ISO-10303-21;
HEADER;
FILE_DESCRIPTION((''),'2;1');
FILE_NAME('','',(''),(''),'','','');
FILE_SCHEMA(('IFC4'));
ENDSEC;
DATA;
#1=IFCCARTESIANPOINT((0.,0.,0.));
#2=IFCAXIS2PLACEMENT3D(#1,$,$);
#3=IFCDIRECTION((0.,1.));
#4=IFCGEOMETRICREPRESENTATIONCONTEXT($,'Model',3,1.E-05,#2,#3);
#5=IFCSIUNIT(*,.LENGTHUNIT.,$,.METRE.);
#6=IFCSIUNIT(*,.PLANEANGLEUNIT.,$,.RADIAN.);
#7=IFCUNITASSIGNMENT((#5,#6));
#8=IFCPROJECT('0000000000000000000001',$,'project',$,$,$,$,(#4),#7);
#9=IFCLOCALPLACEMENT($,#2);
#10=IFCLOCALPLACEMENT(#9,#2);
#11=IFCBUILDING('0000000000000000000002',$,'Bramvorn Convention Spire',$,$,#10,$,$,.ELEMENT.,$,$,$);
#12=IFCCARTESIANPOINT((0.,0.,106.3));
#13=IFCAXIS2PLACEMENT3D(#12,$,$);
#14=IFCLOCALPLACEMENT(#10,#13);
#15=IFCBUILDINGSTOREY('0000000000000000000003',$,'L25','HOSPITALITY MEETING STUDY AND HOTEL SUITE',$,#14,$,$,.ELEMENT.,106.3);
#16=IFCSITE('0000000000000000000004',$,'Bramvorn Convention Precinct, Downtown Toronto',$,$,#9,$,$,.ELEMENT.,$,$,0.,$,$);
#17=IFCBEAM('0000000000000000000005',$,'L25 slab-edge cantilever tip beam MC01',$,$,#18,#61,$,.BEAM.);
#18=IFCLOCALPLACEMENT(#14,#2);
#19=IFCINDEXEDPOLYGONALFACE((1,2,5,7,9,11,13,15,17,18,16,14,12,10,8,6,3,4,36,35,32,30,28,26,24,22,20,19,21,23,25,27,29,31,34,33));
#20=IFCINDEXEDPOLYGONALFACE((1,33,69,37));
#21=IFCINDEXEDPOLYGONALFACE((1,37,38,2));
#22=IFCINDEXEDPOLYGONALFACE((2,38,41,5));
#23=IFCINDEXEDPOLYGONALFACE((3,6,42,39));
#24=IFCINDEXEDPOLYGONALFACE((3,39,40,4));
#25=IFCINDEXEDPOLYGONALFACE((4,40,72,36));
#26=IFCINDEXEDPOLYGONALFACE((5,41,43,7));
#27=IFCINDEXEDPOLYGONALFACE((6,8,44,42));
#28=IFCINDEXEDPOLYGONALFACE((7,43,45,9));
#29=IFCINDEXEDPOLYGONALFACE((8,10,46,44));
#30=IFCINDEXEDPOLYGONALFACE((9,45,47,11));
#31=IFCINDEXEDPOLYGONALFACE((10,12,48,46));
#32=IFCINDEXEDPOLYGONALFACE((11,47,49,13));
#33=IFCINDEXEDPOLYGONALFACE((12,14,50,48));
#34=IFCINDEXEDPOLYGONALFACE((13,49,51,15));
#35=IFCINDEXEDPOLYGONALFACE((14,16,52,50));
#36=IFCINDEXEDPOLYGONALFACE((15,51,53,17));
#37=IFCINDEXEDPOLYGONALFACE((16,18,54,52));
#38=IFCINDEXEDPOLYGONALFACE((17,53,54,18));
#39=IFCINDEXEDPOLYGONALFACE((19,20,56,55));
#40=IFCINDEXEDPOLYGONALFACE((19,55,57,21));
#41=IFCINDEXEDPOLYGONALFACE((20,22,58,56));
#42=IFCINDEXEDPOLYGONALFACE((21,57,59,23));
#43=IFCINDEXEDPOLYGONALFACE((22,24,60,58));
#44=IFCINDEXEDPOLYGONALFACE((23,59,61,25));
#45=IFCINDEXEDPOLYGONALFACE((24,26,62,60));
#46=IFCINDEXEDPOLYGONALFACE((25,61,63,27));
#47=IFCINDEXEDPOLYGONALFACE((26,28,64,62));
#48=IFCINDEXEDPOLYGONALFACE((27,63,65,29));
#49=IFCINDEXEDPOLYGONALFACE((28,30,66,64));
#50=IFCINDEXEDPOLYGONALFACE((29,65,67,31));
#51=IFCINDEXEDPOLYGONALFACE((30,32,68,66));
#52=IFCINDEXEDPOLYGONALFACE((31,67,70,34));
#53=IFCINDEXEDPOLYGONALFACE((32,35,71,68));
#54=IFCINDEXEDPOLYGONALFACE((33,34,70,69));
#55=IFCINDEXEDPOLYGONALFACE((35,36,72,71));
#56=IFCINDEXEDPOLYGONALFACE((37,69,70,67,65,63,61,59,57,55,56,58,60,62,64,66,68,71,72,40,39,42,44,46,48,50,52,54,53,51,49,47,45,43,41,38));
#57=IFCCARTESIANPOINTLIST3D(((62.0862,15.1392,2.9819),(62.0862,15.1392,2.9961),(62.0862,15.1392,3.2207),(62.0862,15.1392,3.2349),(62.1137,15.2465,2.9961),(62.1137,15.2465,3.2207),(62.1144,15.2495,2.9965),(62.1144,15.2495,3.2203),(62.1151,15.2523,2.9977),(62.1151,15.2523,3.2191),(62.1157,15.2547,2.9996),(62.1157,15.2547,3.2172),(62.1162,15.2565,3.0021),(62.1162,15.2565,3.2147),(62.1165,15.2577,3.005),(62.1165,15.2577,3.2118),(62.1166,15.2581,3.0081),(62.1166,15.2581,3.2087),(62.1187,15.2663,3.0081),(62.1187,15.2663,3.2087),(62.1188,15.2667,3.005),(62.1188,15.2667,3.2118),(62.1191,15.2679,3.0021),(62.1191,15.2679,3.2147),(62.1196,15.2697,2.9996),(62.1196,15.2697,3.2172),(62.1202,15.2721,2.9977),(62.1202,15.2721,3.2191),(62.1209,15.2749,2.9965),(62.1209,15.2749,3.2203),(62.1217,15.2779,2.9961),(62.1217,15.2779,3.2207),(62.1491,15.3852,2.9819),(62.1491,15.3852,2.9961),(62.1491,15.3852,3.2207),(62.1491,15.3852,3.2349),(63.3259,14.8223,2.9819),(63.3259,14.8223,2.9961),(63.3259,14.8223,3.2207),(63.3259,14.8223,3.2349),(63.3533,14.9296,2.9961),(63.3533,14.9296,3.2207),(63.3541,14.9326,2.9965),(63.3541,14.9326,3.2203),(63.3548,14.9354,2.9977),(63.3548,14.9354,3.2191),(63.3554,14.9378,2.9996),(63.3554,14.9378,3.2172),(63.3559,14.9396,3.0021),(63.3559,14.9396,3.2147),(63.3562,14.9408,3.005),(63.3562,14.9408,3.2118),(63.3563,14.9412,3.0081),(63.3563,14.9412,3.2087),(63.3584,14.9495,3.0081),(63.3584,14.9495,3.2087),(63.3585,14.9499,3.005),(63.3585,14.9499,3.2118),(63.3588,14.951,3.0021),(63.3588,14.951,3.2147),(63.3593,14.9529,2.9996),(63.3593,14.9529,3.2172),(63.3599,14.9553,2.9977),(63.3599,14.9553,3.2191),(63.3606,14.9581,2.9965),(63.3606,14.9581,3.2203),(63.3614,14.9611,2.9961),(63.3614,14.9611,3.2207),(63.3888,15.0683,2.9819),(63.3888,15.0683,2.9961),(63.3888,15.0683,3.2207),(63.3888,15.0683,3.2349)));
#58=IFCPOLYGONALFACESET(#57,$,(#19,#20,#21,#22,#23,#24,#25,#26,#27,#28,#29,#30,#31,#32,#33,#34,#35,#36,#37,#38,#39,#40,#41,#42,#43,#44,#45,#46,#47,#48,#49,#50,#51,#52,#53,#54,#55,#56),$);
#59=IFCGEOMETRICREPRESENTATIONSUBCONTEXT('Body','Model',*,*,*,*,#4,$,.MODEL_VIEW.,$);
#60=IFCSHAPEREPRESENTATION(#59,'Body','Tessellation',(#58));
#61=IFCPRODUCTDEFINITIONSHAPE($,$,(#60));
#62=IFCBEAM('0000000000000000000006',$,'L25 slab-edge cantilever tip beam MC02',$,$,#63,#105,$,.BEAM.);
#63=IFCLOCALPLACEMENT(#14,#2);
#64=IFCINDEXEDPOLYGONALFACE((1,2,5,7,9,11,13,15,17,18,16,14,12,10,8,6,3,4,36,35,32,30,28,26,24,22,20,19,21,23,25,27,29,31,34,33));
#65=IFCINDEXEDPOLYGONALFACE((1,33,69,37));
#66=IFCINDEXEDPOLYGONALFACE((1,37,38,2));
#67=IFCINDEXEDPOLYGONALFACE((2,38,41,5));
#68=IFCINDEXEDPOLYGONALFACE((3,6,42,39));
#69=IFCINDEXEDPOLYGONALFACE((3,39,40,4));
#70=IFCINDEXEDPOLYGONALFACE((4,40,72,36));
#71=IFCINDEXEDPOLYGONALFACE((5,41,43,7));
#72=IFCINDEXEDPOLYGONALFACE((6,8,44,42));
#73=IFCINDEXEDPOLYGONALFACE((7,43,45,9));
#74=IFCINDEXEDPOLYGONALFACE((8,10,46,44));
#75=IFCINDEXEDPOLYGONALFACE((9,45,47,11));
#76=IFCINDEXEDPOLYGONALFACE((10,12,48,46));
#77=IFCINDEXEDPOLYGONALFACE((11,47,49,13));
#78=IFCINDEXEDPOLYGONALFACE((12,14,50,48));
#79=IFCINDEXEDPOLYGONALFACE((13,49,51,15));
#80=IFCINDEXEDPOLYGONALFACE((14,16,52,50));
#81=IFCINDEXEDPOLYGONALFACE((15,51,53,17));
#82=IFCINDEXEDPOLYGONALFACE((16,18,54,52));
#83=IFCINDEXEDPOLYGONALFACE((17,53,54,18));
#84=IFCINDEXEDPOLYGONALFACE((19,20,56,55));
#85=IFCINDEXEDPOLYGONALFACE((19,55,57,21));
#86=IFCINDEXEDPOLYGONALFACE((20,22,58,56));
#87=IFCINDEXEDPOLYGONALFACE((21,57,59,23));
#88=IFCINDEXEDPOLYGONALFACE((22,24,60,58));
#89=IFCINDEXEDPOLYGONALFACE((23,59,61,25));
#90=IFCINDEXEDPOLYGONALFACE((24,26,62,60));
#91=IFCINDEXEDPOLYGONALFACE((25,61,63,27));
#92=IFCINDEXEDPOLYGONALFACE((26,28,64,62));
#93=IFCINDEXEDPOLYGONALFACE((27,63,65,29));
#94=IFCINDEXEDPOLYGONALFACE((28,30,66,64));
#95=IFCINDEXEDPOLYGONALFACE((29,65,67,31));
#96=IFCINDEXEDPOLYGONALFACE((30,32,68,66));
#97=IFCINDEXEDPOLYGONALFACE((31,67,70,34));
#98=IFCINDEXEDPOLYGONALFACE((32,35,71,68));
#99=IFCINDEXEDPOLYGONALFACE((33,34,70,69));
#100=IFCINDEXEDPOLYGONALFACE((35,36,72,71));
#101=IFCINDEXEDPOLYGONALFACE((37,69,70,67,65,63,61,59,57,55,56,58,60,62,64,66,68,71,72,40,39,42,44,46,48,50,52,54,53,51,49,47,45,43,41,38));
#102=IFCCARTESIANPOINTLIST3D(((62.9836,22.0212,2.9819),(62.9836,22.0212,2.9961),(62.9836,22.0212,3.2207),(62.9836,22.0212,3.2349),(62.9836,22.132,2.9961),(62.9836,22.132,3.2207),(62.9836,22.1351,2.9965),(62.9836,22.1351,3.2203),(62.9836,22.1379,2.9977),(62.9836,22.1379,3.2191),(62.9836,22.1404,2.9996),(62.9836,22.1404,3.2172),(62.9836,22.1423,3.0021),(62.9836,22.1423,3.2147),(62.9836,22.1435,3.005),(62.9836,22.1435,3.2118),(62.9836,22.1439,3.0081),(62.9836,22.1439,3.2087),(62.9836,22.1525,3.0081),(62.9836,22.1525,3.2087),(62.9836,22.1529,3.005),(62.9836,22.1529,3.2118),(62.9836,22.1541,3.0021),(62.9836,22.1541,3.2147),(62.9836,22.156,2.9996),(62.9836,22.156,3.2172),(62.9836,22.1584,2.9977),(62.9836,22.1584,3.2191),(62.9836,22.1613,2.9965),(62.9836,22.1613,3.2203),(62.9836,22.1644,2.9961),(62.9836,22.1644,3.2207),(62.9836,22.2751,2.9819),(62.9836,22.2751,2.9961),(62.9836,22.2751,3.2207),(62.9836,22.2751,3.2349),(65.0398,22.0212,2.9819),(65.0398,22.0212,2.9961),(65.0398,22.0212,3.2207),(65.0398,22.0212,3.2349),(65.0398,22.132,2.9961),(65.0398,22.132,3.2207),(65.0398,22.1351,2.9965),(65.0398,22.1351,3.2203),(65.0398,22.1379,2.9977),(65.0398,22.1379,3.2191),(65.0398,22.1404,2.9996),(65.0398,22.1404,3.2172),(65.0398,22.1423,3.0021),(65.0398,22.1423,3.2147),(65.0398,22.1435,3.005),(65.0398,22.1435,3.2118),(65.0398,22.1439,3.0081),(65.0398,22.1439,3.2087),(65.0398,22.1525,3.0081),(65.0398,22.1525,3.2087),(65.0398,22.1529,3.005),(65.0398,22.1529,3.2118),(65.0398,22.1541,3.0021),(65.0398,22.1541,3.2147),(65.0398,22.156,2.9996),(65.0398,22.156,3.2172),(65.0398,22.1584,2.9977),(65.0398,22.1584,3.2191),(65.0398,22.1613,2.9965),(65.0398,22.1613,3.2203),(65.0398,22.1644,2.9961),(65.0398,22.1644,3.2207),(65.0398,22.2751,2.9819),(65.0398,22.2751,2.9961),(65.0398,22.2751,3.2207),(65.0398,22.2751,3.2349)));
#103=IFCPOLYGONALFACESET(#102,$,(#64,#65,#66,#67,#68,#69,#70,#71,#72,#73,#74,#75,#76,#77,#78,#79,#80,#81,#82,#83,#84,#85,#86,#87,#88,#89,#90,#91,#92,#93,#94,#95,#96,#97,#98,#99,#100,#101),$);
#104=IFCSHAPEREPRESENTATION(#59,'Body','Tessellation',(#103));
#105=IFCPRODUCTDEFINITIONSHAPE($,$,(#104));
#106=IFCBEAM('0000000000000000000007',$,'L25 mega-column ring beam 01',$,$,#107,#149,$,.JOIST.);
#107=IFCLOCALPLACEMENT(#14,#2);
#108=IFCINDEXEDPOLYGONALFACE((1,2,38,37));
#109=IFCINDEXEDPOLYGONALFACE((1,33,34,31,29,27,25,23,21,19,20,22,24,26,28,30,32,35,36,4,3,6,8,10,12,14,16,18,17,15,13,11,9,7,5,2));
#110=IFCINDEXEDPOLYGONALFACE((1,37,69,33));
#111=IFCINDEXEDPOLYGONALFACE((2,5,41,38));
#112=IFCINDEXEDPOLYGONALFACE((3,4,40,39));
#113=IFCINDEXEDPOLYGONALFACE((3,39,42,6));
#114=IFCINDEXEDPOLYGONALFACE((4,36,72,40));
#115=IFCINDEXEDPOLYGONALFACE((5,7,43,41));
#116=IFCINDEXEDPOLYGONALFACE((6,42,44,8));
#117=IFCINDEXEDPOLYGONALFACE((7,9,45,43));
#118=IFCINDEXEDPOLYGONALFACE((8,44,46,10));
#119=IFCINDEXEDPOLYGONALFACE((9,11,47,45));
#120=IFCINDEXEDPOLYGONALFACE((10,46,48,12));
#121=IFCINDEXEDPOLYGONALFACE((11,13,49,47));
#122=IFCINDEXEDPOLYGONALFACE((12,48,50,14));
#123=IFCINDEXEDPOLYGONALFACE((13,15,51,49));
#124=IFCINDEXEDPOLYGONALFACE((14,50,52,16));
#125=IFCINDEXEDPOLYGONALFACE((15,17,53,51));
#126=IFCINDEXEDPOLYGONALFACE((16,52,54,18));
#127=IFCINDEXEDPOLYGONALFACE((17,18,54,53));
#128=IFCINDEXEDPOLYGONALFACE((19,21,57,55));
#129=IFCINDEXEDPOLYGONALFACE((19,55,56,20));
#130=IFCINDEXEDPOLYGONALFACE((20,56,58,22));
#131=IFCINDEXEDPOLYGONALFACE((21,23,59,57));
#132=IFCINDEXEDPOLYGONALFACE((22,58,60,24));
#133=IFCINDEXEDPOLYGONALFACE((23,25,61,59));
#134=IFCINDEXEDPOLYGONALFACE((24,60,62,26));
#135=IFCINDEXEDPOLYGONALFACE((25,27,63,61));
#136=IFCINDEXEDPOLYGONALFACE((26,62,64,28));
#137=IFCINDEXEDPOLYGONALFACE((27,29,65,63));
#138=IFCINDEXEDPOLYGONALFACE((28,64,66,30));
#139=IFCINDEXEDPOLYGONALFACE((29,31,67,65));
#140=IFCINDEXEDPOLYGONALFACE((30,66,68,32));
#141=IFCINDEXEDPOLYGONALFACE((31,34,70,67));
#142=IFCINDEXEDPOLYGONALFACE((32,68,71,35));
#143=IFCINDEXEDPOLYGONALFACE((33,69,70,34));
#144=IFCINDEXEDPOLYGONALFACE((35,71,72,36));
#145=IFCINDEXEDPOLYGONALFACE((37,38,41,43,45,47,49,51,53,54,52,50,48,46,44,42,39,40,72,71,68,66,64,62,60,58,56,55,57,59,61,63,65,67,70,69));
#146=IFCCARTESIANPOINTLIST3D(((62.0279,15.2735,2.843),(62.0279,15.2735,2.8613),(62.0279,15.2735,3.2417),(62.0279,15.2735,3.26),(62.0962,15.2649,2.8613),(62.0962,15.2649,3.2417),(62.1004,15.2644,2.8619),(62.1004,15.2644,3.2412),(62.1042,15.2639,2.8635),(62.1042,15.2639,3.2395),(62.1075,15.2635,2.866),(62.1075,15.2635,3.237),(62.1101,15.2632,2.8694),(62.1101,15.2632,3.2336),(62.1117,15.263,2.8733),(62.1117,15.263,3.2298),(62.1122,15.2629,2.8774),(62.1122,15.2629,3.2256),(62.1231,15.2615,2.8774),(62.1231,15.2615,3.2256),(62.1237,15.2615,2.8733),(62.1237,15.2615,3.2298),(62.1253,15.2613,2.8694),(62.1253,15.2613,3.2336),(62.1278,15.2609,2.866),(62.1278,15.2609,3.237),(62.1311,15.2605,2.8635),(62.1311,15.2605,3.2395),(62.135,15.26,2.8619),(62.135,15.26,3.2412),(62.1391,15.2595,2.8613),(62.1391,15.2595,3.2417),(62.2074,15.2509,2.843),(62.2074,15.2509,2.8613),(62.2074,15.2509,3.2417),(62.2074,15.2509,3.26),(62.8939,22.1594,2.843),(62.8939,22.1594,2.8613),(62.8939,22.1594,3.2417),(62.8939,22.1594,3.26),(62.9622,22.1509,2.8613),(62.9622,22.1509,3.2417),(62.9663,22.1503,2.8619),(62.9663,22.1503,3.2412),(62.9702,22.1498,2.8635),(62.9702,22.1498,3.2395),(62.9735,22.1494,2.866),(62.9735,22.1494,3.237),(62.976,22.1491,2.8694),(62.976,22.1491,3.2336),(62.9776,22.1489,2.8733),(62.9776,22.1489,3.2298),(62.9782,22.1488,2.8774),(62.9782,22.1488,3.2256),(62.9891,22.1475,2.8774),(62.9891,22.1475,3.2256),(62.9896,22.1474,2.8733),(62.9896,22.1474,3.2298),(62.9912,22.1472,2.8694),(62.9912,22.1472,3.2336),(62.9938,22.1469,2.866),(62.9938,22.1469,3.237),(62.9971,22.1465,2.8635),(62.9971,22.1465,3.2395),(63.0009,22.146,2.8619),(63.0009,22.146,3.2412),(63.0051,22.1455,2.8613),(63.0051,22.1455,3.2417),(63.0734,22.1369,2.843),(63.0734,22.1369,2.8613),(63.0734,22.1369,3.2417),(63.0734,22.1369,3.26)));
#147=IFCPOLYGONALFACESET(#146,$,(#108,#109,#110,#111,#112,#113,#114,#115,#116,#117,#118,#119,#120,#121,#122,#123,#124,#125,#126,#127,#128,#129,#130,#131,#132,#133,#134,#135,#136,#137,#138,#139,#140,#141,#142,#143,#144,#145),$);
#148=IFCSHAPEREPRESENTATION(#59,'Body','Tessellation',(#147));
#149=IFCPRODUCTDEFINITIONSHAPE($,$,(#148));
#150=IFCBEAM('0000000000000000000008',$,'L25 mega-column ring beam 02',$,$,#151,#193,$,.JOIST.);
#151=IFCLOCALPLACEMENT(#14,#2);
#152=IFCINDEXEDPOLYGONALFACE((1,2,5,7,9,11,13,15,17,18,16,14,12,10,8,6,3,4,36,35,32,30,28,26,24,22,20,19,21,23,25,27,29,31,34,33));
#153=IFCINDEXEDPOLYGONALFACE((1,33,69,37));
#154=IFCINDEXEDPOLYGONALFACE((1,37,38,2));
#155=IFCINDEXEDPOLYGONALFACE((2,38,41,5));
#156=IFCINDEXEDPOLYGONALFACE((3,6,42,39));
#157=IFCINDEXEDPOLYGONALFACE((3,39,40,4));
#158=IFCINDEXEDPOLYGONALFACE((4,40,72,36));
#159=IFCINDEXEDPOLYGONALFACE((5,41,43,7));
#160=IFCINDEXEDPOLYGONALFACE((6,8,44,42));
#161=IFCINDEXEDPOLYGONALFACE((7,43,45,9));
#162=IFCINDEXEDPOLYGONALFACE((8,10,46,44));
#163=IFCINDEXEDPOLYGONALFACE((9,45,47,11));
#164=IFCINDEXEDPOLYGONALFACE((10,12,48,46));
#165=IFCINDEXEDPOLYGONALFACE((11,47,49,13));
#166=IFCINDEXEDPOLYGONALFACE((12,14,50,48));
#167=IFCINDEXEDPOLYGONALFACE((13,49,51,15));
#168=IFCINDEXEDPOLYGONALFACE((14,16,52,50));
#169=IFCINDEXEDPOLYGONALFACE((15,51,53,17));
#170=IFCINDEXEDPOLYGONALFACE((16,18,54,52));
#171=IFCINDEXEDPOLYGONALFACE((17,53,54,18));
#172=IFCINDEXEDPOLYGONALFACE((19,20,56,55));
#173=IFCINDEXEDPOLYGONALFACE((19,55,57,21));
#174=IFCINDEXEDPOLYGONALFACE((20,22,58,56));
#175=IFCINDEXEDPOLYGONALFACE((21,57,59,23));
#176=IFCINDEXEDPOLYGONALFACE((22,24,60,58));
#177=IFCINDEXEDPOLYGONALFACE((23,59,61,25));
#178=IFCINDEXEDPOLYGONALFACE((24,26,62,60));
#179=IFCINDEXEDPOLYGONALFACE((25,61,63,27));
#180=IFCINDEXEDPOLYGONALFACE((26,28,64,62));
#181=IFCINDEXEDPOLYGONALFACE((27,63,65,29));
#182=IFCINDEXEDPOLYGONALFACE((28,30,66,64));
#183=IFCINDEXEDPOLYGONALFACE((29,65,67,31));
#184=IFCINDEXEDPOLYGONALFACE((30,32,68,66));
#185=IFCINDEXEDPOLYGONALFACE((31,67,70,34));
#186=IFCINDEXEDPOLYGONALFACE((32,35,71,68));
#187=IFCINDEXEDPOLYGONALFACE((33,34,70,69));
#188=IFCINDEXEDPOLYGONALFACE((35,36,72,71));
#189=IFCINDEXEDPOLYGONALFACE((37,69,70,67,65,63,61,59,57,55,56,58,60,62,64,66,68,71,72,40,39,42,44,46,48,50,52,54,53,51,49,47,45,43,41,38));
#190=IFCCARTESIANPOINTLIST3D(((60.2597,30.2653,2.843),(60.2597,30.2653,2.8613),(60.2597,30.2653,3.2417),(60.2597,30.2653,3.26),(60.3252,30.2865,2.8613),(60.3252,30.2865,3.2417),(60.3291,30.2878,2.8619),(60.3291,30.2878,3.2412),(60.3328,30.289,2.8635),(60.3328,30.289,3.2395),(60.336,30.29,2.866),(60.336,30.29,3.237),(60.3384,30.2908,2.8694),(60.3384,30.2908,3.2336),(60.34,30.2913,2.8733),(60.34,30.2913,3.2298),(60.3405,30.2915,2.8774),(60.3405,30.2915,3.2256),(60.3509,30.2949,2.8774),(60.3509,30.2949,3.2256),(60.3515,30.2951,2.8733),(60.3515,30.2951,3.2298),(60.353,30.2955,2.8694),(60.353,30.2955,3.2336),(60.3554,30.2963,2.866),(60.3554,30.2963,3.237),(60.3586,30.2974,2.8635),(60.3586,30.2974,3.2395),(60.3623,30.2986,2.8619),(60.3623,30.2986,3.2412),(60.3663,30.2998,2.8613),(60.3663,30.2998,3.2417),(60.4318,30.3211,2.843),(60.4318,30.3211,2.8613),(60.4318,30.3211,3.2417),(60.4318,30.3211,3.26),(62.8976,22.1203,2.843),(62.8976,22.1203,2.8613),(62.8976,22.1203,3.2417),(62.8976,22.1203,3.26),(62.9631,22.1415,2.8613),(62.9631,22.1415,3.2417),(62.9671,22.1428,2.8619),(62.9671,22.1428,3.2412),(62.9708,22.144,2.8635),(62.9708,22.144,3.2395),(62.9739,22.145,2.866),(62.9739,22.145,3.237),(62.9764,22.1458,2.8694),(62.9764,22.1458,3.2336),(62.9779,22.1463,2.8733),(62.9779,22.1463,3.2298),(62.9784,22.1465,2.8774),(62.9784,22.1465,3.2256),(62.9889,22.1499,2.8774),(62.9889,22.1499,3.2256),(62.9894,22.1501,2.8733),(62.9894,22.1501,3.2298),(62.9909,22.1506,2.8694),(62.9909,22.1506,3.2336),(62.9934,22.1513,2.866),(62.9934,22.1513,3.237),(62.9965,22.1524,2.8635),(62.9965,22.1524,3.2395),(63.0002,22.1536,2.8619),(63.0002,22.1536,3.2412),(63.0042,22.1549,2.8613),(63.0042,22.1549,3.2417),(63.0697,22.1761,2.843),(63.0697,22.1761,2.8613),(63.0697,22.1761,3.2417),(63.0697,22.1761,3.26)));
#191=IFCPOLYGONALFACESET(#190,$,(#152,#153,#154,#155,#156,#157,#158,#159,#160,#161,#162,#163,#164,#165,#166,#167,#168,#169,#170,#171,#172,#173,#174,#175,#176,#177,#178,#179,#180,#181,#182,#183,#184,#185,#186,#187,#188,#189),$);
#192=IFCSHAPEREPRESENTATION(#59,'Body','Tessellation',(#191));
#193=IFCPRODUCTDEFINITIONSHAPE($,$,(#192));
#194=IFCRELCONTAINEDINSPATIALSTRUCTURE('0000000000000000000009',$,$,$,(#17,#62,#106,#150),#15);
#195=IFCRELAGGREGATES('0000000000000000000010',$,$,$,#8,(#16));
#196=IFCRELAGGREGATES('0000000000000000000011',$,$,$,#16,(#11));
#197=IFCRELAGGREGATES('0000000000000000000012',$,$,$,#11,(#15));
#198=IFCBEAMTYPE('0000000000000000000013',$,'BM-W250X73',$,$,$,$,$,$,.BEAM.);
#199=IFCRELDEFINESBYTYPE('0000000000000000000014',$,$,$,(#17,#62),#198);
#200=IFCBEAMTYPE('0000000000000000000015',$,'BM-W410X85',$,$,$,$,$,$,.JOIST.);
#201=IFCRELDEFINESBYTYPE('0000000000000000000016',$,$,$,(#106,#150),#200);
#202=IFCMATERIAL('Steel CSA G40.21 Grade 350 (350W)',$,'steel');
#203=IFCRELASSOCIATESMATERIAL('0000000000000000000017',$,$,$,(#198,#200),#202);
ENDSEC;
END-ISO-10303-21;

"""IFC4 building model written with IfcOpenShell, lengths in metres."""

from ifc_helpers import new_model, si_unit, direction, frame, origin, origin_2d, place, context, subcontext, project, spatial, i_section, extrude, material, material_profile, profile_set, type_object, element, save


model = new_model("IFC4")

# Units and contexts
model_context = context("Model", 3, precision=1e-05, world=origin(), true_north=direction((0.0, 1.0)))
body_context = subcontext(model_context, "Body", "Model", "MODEL_VIEW")
ifc_project = project(units=[si_unit("LENGTHUNIT", "METRE"), si_unit("PLANEANGLEUNIT", "RADIAN")], contexts=[model_context])

# Site, building, storey
site_placement = place(None, origin())
site = spatial("IfcSite", under=ifc_project, at=site_placement, Name="Bramvorn Convention Precinct, Downtown Toronto", CompositionType="ELEMENT", RefElevation=0.0)
building_placement = place(site_placement, origin())
building = spatial("IfcBuilding", under=site, at=building_placement, Name="Bramvorn Convention Spire", CompositionType="ELEMENT")
storey_placement = place(building_placement, frame((0.0, 0.0, 106.3)))
storey = spatial("IfcBuildingStorey", under=building, at=storey_placement, Name="L25", Description="HOSPITALITY MEETING STUDY AND HOTEL SUITE", CompositionType="ELEMENT", Elevation=106.3)

# Shared definitions
ifc_material_1 = material(Name="Steel CSA G40.21 Grade 350 (350W)", Category="steel")

# Beams
ifc_material_profile_1 = material_profile(ifc_material_1, i_section(OverallWidth=0.2539, OverallDepth=0.2529, WebThickness=0.0085, FlangeThickness=0.0142, FilletRadius=0.012, at=origin_2d()))
ifc_profile_set_1 = profile_set([ifc_material_profile_1], Name="Steel CSA G40.21 Grade 350 (350W) - W250X73")
beam_type_1 = type_object("IfcBeamType", Name="BM-W250X73", PredefinedType="BEAM", material=ifc_profile_set_1)
beam_1_placement = place(storey_placement, frame((62.1177, 15.2622, 3.1084), z_axis=(0.96885, -0.24765, 0.0), x_axis=(0.24765, 0.96885, 0.0)))
element("IfcBeam", 1, at=beam_1_placement, inside=storey, type_object=beam_type_1, Name="L25 slab-edge cantilever tip beam MC01", PredefinedType="BEAM", context=body_context, shape_type="SweptSolid", body=[
    extrude(i_section(OverallWidth=0.2539, OverallDepth=0.2529, WebThickness=0.0085, FlangeThickness=0.0142, FilletRadius=0.012, at=origin_2d()), origin(), (0.0, 0.0, 1.0), 1.2795),
])
beam_2_placement = place(storey_placement, frame((62.9836, 22.1482, 3.1084), z_axis=(1.0, 0.0, 0.0), x_axis=(0.0, 1.0, 0.0)))
element("IfcBeam", 2, at=beam_2_placement, inside=storey, type_object=beam_type_1, Name="L25 slab-edge cantilever tip beam MC02", PredefinedType="BEAM", context=body_context, shape_type="SweptSolid", body=[
    extrude(i_section(OverallWidth=0.2539, OverallDepth=0.2529, WebThickness=0.0085, FlangeThickness=0.0142, FilletRadius=0.012, at=origin_2d()), origin(), (0.0, 0.0, 1.0), 2.0562),
])
ifc_material_profile_2 = material_profile(ifc_material_1, i_section(OverallWidth=0.1809, OverallDepth=0.417, WebThickness=0.011, FlangeThickness=0.0183, FilletRadius=0.0161, at=origin_2d()))
ifc_profile_set_2 = profile_set([ifc_material_profile_2], Name="Steel CSA G40.21 Grade 350 (350W) - W410X85")
beam_type_2 = type_object("IfcBeamType", Name="BM-W410X85", PredefinedType="JOIST", material=ifc_profile_set_2)
beam_3_placement = place(storey_placement, frame((62.1177, 15.2622, 3.0515), z_axis=(0.124775, 0.992185, 0.0), x_axis=(-0.992185, 0.124775, 0.0)))
element("IfcBeam", 3, at=beam_3_placement, inside=storey, type_object=beam_type_2, Name="L25 mega-column ring beam 01", PredefinedType="JOIST", context=body_context, shape_type="SweptSolid", body=[
    extrude(i_section(OverallWidth=0.1809, OverallDepth=0.417, WebThickness=0.011, FlangeThickness=0.0183, FilletRadius=0.0161, at=origin_2d()), origin(), (0.0, 0.0, 1.0), 6.9402),
])
beam_4_placement = place(storey_placement, frame((62.9836, 22.1482, 3.0515), z_axis=(-0.308115, 0.951349, 0.0), x_axis=(-0.951349, -0.308115, 0.0)))
element("IfcBeam", 4, at=beam_4_placement, inside=storey, type_object=beam_type_2, Name="L25 mega-column ring beam 02", PredefinedType="JOIST", context=body_context, shape_type="SweptSolid", body=[
    extrude(i_section(OverallWidth=0.1809, OverallDepth=0.417, WebThickness=0.011, FlangeThickness=0.0183, FilletRadius=0.0161, at=origin_2d()), origin(), (0.0, 0.0, 1.0), 8.5615),
])

save(model, "model.ifc")
